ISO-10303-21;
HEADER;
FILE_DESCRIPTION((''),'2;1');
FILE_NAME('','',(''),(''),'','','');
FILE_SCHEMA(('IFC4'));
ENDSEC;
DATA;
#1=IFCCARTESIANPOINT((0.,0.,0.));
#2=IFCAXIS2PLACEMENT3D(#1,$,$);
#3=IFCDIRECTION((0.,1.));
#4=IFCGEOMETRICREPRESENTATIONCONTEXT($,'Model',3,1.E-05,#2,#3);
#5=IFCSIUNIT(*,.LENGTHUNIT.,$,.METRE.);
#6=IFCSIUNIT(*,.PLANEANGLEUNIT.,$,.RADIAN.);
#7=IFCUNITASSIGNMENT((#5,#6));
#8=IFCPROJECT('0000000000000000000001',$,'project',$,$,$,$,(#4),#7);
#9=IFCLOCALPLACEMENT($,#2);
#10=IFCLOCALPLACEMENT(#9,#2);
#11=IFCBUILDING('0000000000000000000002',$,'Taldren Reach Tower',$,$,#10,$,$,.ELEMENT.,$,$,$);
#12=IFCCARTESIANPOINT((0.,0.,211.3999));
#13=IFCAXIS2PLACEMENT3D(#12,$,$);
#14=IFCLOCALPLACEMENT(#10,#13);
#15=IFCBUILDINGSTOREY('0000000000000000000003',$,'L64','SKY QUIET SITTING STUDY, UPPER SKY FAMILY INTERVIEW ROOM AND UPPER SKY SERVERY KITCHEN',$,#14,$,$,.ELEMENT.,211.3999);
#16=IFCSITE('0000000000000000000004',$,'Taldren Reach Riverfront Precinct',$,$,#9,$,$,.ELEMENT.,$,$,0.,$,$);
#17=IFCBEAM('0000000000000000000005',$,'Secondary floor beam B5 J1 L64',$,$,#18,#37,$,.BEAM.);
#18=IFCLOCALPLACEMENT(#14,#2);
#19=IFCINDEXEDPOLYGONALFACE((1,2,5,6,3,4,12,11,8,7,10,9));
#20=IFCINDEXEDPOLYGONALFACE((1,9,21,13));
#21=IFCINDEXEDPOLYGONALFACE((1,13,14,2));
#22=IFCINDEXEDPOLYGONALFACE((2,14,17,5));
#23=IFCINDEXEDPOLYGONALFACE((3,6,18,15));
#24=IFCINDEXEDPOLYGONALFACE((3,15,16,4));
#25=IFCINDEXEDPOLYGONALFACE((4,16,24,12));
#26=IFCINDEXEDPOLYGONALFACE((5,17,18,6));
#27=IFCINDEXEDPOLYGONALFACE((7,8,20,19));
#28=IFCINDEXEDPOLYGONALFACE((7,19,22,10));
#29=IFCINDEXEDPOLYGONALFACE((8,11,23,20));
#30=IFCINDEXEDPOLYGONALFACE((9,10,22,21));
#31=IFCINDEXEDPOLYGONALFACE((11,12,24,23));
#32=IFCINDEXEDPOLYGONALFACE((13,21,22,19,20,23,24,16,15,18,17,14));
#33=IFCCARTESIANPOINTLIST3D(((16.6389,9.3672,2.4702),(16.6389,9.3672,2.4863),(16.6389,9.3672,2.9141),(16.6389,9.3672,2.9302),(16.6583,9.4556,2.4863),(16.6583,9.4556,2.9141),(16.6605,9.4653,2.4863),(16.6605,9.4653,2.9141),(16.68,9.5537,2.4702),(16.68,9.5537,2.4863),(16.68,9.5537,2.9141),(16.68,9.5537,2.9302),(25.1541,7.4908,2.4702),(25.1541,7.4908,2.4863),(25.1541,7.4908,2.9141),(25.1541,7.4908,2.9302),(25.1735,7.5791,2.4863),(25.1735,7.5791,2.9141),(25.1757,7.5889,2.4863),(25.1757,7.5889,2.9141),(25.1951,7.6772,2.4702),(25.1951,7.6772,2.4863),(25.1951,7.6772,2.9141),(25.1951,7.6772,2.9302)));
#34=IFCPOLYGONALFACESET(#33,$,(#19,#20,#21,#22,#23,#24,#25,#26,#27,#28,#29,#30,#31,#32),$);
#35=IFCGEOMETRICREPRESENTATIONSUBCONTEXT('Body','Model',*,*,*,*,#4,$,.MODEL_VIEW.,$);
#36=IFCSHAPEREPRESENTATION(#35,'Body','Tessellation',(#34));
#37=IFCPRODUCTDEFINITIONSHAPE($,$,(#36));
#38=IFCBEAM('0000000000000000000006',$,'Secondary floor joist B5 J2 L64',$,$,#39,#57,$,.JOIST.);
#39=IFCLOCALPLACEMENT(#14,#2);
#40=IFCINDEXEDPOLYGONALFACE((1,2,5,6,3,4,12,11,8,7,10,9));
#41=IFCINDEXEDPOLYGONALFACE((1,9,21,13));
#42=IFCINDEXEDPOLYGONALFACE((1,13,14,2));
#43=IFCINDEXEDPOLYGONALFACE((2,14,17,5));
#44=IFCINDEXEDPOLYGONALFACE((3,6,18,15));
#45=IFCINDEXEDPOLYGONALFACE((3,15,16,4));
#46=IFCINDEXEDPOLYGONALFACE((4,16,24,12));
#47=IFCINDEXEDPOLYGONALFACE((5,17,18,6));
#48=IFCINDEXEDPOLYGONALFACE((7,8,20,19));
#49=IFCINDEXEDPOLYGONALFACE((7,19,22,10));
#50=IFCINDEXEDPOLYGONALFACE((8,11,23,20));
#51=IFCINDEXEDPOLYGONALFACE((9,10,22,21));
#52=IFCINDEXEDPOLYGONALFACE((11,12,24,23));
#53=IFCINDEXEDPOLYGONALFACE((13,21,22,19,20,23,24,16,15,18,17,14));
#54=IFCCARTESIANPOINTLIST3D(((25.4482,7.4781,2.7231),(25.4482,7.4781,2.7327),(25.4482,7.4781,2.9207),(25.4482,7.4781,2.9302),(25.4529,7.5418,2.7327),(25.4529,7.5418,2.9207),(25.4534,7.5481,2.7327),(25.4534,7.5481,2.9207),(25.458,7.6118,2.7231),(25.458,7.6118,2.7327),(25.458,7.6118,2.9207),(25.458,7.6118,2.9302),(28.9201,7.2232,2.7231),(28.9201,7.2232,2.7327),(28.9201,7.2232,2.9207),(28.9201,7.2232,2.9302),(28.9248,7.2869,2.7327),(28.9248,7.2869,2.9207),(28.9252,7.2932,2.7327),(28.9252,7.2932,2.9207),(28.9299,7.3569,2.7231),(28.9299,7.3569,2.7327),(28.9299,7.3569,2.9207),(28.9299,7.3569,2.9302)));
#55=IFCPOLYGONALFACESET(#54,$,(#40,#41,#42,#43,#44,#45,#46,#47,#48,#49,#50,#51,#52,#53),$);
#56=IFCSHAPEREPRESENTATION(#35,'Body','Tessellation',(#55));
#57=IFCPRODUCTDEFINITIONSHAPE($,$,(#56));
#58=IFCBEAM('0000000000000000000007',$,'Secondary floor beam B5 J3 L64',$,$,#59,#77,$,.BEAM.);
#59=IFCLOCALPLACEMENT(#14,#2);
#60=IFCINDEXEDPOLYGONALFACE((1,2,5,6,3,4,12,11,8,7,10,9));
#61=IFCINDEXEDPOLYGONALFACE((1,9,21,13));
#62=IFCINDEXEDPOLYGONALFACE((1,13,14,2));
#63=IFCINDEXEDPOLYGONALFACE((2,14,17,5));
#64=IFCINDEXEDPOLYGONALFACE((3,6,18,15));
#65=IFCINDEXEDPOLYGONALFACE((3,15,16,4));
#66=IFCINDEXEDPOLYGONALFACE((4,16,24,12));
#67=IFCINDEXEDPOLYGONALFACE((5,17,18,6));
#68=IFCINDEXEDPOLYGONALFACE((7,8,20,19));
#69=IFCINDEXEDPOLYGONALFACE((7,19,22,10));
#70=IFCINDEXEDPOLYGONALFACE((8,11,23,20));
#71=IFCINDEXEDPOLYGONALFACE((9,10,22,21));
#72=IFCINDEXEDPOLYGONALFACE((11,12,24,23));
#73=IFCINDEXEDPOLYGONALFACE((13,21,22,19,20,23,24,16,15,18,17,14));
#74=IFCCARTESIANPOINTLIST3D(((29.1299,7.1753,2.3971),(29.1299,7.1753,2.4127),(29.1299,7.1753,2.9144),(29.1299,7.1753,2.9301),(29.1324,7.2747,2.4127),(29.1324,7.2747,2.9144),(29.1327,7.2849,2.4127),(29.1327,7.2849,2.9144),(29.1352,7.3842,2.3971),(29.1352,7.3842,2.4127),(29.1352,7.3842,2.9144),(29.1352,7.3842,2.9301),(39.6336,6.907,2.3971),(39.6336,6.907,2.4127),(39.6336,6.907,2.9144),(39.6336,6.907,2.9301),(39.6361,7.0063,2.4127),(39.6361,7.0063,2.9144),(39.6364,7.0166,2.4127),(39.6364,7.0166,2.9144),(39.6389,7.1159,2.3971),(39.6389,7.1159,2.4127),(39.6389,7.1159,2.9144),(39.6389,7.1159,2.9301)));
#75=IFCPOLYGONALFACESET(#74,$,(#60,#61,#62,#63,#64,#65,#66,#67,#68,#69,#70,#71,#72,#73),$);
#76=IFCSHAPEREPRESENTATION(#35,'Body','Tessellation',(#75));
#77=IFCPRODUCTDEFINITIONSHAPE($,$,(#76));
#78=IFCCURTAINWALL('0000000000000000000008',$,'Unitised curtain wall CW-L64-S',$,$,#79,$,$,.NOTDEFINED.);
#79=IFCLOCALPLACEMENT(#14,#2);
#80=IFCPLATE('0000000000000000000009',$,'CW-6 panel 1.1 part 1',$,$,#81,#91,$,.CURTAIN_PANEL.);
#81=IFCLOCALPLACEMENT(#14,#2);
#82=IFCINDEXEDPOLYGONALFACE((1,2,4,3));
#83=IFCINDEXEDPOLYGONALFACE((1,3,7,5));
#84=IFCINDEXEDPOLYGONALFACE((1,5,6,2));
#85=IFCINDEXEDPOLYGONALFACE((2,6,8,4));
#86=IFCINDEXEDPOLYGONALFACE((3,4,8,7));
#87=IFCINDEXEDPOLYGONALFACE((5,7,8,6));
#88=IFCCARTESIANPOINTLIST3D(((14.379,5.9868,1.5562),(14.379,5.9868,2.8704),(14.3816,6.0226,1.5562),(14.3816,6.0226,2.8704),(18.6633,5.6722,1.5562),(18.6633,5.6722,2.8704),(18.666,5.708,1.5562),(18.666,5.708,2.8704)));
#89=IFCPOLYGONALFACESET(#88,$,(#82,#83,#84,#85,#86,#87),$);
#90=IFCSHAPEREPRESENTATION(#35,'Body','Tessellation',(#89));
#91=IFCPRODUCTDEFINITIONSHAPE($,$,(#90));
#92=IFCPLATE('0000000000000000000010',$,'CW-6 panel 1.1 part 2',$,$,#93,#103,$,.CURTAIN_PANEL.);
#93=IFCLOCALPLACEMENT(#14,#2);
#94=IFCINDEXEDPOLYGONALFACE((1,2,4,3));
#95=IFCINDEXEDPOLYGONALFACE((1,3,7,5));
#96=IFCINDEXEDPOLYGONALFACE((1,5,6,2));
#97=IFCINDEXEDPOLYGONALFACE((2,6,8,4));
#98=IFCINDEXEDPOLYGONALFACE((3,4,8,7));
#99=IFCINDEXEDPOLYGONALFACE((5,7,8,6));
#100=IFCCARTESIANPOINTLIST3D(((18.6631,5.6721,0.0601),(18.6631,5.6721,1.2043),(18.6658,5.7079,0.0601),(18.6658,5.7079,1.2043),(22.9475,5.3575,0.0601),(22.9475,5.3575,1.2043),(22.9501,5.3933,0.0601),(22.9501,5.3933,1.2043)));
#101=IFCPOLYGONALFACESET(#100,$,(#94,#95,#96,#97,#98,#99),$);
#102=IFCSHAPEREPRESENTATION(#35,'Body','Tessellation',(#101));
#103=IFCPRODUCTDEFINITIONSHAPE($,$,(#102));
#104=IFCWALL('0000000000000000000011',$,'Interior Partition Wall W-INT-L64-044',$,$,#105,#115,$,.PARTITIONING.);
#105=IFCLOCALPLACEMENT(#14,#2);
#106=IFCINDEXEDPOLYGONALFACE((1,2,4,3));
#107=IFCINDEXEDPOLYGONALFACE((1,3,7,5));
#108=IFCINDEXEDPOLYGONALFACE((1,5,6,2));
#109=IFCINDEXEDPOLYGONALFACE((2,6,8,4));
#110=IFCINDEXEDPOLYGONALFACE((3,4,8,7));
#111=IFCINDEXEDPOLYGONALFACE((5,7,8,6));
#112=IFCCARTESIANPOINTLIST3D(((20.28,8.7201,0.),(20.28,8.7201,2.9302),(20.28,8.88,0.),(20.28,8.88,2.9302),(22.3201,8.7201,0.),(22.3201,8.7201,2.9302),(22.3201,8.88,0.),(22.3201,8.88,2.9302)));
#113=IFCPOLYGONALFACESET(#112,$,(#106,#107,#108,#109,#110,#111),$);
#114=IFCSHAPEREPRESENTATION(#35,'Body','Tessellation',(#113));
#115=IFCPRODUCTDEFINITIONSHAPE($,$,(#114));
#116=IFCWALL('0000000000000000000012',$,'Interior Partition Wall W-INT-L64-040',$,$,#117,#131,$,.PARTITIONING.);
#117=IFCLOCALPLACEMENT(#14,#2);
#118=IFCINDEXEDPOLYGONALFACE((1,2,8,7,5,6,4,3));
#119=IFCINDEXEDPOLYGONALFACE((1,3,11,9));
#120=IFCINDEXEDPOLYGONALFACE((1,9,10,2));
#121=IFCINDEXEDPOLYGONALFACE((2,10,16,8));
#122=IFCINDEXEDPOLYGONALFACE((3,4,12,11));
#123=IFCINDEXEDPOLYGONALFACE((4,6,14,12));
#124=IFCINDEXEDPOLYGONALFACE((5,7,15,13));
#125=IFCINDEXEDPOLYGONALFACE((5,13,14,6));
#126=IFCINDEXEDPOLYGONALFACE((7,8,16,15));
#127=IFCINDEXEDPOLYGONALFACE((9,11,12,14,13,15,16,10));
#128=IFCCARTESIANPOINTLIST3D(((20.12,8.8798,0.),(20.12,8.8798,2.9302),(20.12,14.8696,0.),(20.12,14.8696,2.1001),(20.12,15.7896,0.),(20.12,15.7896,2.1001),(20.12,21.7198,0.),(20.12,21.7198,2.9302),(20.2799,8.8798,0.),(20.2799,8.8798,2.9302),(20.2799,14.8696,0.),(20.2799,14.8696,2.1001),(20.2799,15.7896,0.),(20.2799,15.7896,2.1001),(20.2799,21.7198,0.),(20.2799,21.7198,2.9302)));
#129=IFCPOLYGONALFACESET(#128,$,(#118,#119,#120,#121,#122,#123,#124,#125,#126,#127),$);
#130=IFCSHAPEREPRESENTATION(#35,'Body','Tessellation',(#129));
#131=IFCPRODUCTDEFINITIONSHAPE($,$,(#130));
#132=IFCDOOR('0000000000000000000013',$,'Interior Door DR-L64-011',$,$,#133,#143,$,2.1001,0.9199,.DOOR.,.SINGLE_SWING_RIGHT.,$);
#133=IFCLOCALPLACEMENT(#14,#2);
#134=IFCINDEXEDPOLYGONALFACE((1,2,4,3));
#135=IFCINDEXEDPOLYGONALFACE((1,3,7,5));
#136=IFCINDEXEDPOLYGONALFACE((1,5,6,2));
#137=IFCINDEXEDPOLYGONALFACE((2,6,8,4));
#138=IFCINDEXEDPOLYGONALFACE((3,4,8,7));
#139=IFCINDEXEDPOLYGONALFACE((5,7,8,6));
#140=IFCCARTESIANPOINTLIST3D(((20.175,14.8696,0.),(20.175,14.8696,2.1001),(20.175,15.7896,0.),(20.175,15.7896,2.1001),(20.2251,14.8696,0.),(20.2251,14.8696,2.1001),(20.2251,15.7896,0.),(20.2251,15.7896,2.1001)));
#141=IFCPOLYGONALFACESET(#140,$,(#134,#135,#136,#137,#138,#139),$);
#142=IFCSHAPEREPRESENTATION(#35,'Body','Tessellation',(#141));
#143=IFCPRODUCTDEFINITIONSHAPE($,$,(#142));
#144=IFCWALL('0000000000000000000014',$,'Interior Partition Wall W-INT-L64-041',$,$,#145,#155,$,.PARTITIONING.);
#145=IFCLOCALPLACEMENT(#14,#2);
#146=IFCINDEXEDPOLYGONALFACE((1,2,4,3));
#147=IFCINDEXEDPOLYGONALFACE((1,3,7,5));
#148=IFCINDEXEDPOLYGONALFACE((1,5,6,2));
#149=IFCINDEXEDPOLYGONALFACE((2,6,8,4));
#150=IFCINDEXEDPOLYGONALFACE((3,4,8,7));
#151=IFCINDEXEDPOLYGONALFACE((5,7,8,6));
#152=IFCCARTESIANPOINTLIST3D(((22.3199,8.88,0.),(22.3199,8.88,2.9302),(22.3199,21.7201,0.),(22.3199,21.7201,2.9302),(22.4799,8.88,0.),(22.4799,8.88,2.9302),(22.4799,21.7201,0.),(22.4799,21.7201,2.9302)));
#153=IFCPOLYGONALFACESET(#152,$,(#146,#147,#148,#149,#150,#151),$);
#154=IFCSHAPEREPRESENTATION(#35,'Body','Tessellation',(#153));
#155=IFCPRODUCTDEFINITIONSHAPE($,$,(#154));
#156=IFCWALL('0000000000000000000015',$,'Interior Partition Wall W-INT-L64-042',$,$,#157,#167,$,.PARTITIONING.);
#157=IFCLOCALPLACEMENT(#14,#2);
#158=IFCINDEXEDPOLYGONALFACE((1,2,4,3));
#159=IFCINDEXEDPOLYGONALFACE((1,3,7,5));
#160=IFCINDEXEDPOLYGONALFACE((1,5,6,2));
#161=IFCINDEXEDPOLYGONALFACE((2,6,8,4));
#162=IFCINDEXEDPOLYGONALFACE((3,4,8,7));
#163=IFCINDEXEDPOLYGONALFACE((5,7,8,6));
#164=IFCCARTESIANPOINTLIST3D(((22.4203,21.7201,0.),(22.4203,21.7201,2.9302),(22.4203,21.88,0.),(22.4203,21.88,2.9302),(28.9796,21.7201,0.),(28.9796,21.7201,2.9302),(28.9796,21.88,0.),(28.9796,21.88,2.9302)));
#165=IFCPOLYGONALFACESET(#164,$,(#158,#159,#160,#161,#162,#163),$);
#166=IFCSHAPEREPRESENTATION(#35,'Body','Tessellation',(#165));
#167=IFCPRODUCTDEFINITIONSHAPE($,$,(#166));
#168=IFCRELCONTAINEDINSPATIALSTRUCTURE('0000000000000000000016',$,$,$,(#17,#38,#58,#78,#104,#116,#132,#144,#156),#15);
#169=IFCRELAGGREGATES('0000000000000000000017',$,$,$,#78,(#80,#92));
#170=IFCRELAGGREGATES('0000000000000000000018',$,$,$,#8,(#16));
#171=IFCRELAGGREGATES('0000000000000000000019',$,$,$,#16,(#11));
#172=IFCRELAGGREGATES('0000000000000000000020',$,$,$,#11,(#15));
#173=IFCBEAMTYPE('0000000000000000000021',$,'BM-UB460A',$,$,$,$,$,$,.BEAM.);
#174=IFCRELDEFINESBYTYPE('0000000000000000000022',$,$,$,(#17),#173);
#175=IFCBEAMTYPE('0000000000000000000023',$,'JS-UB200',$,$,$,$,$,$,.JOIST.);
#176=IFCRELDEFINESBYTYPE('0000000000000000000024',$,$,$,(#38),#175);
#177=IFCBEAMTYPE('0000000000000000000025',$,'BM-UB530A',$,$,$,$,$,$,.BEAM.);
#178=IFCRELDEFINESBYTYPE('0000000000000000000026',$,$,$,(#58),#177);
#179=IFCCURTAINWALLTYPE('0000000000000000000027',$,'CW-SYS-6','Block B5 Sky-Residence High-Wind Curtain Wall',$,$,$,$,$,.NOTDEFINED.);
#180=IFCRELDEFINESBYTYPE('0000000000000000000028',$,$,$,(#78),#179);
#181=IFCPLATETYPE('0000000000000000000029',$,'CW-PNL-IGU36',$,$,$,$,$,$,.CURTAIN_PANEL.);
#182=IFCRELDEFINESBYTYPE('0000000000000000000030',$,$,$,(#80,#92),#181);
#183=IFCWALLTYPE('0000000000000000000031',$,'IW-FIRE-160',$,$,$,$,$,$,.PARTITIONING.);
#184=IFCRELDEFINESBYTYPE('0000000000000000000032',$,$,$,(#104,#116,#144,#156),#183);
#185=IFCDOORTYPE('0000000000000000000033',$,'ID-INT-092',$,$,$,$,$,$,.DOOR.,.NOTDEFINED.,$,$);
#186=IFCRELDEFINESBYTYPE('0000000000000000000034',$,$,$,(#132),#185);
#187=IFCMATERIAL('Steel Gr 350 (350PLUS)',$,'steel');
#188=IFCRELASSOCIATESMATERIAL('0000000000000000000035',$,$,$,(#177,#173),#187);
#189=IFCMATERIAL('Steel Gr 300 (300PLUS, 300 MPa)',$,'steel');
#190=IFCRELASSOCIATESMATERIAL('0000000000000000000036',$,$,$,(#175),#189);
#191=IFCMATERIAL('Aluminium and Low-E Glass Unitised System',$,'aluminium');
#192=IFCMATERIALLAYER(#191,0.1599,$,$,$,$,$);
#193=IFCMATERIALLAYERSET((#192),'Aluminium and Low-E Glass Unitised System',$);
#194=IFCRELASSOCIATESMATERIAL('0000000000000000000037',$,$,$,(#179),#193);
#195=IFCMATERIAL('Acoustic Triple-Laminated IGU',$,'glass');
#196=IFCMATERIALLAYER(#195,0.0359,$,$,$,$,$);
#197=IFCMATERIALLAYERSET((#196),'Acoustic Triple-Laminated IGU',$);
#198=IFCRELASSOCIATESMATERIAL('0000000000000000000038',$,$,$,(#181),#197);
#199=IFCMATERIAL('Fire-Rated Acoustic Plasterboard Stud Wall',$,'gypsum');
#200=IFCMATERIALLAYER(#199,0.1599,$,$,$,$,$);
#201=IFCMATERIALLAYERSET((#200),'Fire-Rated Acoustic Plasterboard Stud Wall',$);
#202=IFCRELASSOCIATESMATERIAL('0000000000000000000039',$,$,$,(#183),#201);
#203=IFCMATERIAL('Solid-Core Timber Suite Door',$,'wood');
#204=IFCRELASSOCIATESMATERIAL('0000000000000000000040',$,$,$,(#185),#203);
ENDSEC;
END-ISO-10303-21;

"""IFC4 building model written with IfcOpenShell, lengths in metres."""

from ifc_helpers import new_model, si_unit, direction, frame, frame_2d, origin, origin_2d, place, context, subcontext, project, spatial, rectangle, i_section, extrude, source, transform, mapped, material, layer, layer_set, material_profile, profile_set, type_object, element, fill, aggregate, save


model = new_model("IFC4")

# Units and contexts
model_context = context("Model", 3, precision=1e-05, world=origin(), true_north=direction((0.0, 1.0)))
body_context = subcontext(model_context, "Body", "Model", "MODEL_VIEW")
ifc_project = project(units=[si_unit("LENGTHUNIT", "METRE"), si_unit("PLANEANGLEUNIT", "RADIAN")], contexts=[model_context])

# Site, building, storey
site_placement = place(None, origin())
site = spatial("IfcSite", under=ifc_project, at=site_placement, Name="Taldren Reach Riverfront Precinct", CompositionType="ELEMENT", RefElevation=0.0)
building_placement = place(site_placement, origin())
building = spatial("IfcBuilding", under=site, at=building_placement, Name="Taldren Reach Tower", CompositionType="ELEMENT")
storey_placement = place(building_placement, frame((0.0, 0.0, 211.3999)))
storey = spatial("IfcBuildingStorey", under=building, at=storey_placement, Name="L64", Description="SKY QUIET SITTING STUDY, UPPER SKY FAMILY INTERVIEW ROOM AND UPPER SKY SERVERY KITCHEN", CompositionType="ELEMENT", Elevation=211.3999)

# Shared definitions
ifc_material_1 = material(Name="Steel Gr 350 (350PLUS)", Category="steel")

# Shared definitions
ifc_material_profile_1 = material_profile(ifc_material_1, i_section(OverallWidth=0.209, OverallDepth=0.533, WebThickness=0.0103, FlangeThickness=0.0156, at=origin_2d()), Name="530UB92.4")
ifc_profile_set_1 = profile_set([ifc_material_profile_1], Name="Steel Gr 350 (350PLUS)")
beam_type_1 = type_object("IfcBeamType", Name="BM-UB530A", PredefinedType="BEAM", material=ifc_profile_set_1)

# Beams
ifc_material_profile_2 = material_profile(ifc_material_1, i_section(OverallWidth=0.1909, OverallDepth=0.46, WebThickness=0.01, FlangeThickness=0.0161, at=origin_2d()), Name="460UB82.1")
ifc_profile_set_2 = profile_set([ifc_material_profile_2], Name="Steel Gr 350 (350PLUS)")
beam_type_2 = type_object("IfcBeamType", Name="BM-UB460A", PredefinedType="BEAM", material=ifc_profile_set_2)
shared_shape_1 = source(origin(), body_context, "Body", "SweptSolid", [
    extrude(i_section(OverallWidth=0.1909, OverallDepth=0.46, WebThickness=0.01, FlangeThickness=0.0161, at=origin_2d()), origin(), (0.0, 0.0, 1.0), 8.7195),
])
beam_1_placement = place(storey_placement, frame((16.6594, 9.4604, 2.7002), z_axis=(0.976569, -0.215205, 0.0), x_axis=(0.215205, 0.976569, 0.0)))
element("IfcBeam", 1, at=beam_1_placement, inside=storey, type_object=beam_type_2, Name="Secondary floor beam B5 J1 L64", PredefinedType="BEAM", context=body_context, shape_type="MappedRepresentation", body=[
    mapped(shared_shape_1, transform((0.0, 0.0, 0.0), scale=1.0)),
])
ifc_material_2 = material(Name="Steel Gr 300 (300PLUS, 300 MPa)", Category="steel")
ifc_material_profile_3 = material_profile(ifc_material_2, i_section(OverallWidth=0.134, OverallDepth=0.207, WebThickness=0.0063, FlangeThickness=0.0095, at=origin_2d()), Name="200UB29.8")
ifc_profile_set_3 = profile_set([ifc_material_profile_3], Name="Steel Gr 300 (300PLUS, 300 MPa)")
beam_type_3 = type_object("IfcBeamType", Name="JS-UB200", PredefinedType="JOIST", material=ifc_profile_set_3)
shared_shape_2 = source(origin(), body_context, "Body", "SweptSolid", [
    extrude(i_section(OverallWidth=0.134, OverallDepth=0.207, WebThickness=0.0063, FlangeThickness=0.0095, at=origin_2d()), origin(), (0.0, 0.0, 1.0), 3.4812),
])
beam_2_placement = place(storey_placement, frame((25.4531, 7.5449, 2.8267), z_axis=(0.997316, -0.073216, 0.0), x_axis=(0.073216, 0.997316, 0.0)))
element("IfcBeam", 2, at=beam_2_placement, inside=storey, type_object=beam_type_3, Name="Secondary floor joist B5 J2 L64", PredefinedType="JOIST", context=body_context, shape_type="MappedRepresentation", body=[
    mapped(shared_shape_2, transform((0.0, 0.0, 0.0), scale=1.0)),
])
shared_shape_3 = source(origin(), body_context, "Body", "SweptSolid", [
    extrude(i_section(OverallWidth=0.209, OverallDepth=0.533, WebThickness=0.0103, FlangeThickness=0.0156, at=origin_2d()), origin(), (0.0, 0.0, 1.0), 10.5071),
])
beam_3_placement = place(storey_placement, frame((29.1326, 7.2798, 2.6636), z_axis=(0.999674, -0.025536, 0.0), x_axis=(0.025536, 0.999674, 0.0)))
element("IfcBeam", 3, at=beam_3_placement, inside=storey, type_object=beam_type_1, Name="Secondary floor beam B5 J3 L64", PredefinedType="BEAM", context=body_context, shape_type="MappedRepresentation", body=[
    mapped(shared_shape_3, transform((0.0, 0.0, 0.0), scale=1.0)),
])

# Curtain wall, plates
ifc_material_3 = material(Name="Aluminium and Low-E Glass Unitised System", Category="aluminium")
ifc_layer_1 = layer(ifc_material_3, 0.1599)
ifc_layer_set_1 = layer_set([ifc_layer_1], Name="Aluminium and Low-E Glass Unitised System")
curtain_wall_type = type_object("IfcCurtainWallType", Name="CW-SYS-6", Description="Block B5 Sky-Residence High-Wind Curtain Wall", PredefinedType="NOTDEFINED", material=ifc_layer_set_1)
curtain_wall_placement = place(storey_placement, origin())
curtain_wall = element("IfcCurtainWall", 4, at=curtain_wall_placement, inside=storey, type_object=curtain_wall_type, Name="Unitised curtain wall CW-L64-S", PredefinedType="NOTDEFINED")
ifc_material_4 = material(Name="Acoustic Triple-Laminated IGU", Category="glass")
ifc_layer_2 = layer(ifc_material_4, 0.0359)
ifc_layer_set_2 = layer_set([ifc_layer_2], Name="Acoustic Triple-Laminated IGU")
plate_type = type_object("IfcPlateType", Name="CW-PNL-IGU36", PredefinedType="CURTAIN_PANEL", material=ifc_layer_set_2)
shared_shape_4 = source(origin(), body_context, "Body", "SweptSolid", [
    extrude(rectangle(XDim=4.2959, YDim=0.0359, at=origin_2d()), origin(), (0.0, 0.0, 1.0), 1.3142),
])
plate_1_placement = place(storey_placement, frame((16.5225, 5.8474, 1.5562), z_axis=(0.0, 0.0, 1.0), x_axis=(0.997314, -0.073238, 0.0)))
plate_1 = element("IfcPlate", 5, at=plate_1_placement, type_object=plate_type, Name="CW-6 panel 1.1 part 1", PredefinedType="CURTAIN_PANEL", context=body_context, shape_type="MappedRepresentation", body=[
    mapped(shared_shape_4, transform((0.0, 0.0, 0.0), scale=1.0)),
])
shared_shape_5 = source(origin(), body_context, "Body", "SweptSolid", [
    extrude(rectangle(XDim=4.2959, YDim=0.0359, at=origin_2d()), origin(), (0.0, 0.0, 1.0), 1.1443),
])
plate_2_placement = place(storey_placement, frame((20.8066, 5.5327, 0.0601), z_axis=(0.0, 0.0, 1.0), x_axis=(0.997314, -0.073238, 0.0)))
plate_2 = element("IfcPlate", 6, at=plate_2_placement, type_object=plate_type, Name="CW-6 panel 1.1 part 2", PredefinedType="CURTAIN_PANEL", context=body_context, shape_type="MappedRepresentation", body=[
    mapped(shared_shape_5, transform((0.0, 0.0, 0.0), scale=1.0)),
])
aggregate(curtain_wall, [plate_1, plate_2])

# Wall
ifc_material_5 = material(Name="Fire-Rated Acoustic Plasterboard Stud Wall", Category="gypsum")
ifc_layer_3 = layer(ifc_material_5, 0.1599)
ifc_layer_set_3 = layer_set([ifc_layer_3], Name="Fire-Rated Acoustic Plasterboard Stud Wall")
wall_type_1 = type_object("IfcWallType", Name="IW-FIRE-160", PredefinedType="PARTITIONING", material=ifc_layer_set_3)
shared_shape_6 = source(origin(), body_context, "Body", "SweptSolid", [
    extrude(rectangle(XDim=2.04, YDim=0.1599, at=frame_2d((1.02, 0.0))), origin(), (0.0, 0.0, 1.0), 2.9302),
])
wall_1_placement = place(storey_placement, frame((22.3201, 8.8, 0.0), z_axis=(0.0, 0.0, 1.0), x_axis=(-1.0, 0.0, 0.0)))
element("IfcWall", 7, at=wall_1_placement, inside=storey, type_object=wall_type_1, Name="Interior Partition Wall W-INT-L64-044", PredefinedType="PARTITIONING", context=body_context, shape_type="MappedRepresentation", body=[
    mapped(shared_shape_6, transform((0.0, 0.0, 0.0), scale=1.0)),
])

# Wall, opening, door
shared_shape_7 = source(origin(), body_context, "Body", "SweptSolid", [
    extrude(rectangle(XDim=12.8401, YDim=0.1599, at=frame_2d((6.4199, 0.0))), origin(), (0.0, 0.0, 1.0), 2.9302),
])
wall_2_placement = place(storey_placement, frame((20.2, 8.8799, 0.0), z_axis=(0.0, 0.0, 1.0), x_axis=(0.0, 1.0, 0.0)))
wall_2 = element("IfcWall", 8, at=wall_2_placement, inside=storey, type_object=wall_type_1, Name="Interior Partition Wall W-INT-L64-040", PredefinedType="PARTITIONING", context=body_context, shape_type="MappedRepresentation", body=[
    mapped(shared_shape_7, transform((0.0, 0.0, 0.0), scale=1.0)),
])
shared_shape_8 = source(origin(), body_context, "Body", "SweptSolid", [
    extrude(rectangle(XDim=0.9199, YDim=2.1001, at=frame_2d((0.46, 1.05))), frame((0.0, 0.0898, 0.0), z_axis=(0.0, -1.0, 0.0), x_axis=(1.0, 0.0, 0.0)), (0.0, 0.0, 1.0), 0.1799),
])
opening_placement = place(wall_2_placement, frame((5.9897, 0.0, 0.0)))
opening = element("IfcOpeningElement", 9, at=opening_placement, cuts=wall_2, PredefinedType="OPENING", context=body_context, shape_type="MappedRepresentation", body=[
    mapped(shared_shape_8, transform((0.0, 0.0, 0.0), scale=1.0)),
])
ifc_material_6 = material(Name="Solid-Core Timber Suite Door", Category="wood")
door_type = type_object("IfcDoorType", Name="ID-INT-092", OperationType="NOTDEFINED", PredefinedType="DOOR", material=ifc_material_6)
shared_shape_9 = source(origin(), body_context, "Body", "SweptSolid", [
    extrude(rectangle(XDim=0.9199, YDim=2.1001, at=frame_2d((0.46, 1.05))), frame((0.0, 0.0249, 0.0), z_axis=(0.0, -1.0, 0.0), x_axis=(1.0, 0.0, 0.0)), (0.0, 0.0, 1.0), 0.05),
])
door_placement = place(opening_placement, origin())
door = element("IfcDoor", 10, at=door_placement, inside=storey, type_object=door_type, Name="Interior Door DR-L64-011", OperationType="SINGLE_SWING_RIGHT", OverallHeight=2.1001, OverallWidth=0.9199, PredefinedType="DOOR", context=body_context, shape_type="MappedRepresentation", body=[
    mapped(shared_shape_9, transform((0.0, 0.0, 0.0), scale=1.0)),
])
fill(opening, door)

# Walls
wall_3_placement = place(storey_placement, frame((22.3999, 21.72, 0.0), z_axis=(0.0, 0.0, 1.0), x_axis=(0.0, -1.0, 0.0)))
element("IfcWall", 11, at=wall_3_placement, inside=storey, type_object=wall_type_1, Name="Interior Partition Wall W-INT-L64-041", PredefinedType="PARTITIONING", context=body_context, shape_type="MappedRepresentation", body=[
    mapped(shared_shape_7, transform((0.0, 0.0, 0.0), scale=1.0)),
])
shared_shape_10 = source(origin(), body_context, "Body", "SweptSolid", [
    extrude(rectangle(XDim=6.5593, YDim=0.1599, at=frame_2d((3.2798, 0.0))), origin(), (0.0, 0.0, 1.0), 2.9302),
])
wall_4_placement = place(storey_placement, frame((28.9797, 21.8, 0.0), z_axis=(0.0, 0.0, 1.0), x_axis=(-1.0, 0.0, 0.0)))
element("IfcWall", 12, at=wall_4_placement, inside=storey, type_object=wall_type_1, Name="Interior Partition Wall W-INT-L64-042", PredefinedType="PARTITIONING", context=body_context, shape_type="MappedRepresentation", body=[
    mapped(shared_shape_10, transform((0.0, 0.0, 0.0), scale=1.0)),
])

save(model, "model.ifc")
